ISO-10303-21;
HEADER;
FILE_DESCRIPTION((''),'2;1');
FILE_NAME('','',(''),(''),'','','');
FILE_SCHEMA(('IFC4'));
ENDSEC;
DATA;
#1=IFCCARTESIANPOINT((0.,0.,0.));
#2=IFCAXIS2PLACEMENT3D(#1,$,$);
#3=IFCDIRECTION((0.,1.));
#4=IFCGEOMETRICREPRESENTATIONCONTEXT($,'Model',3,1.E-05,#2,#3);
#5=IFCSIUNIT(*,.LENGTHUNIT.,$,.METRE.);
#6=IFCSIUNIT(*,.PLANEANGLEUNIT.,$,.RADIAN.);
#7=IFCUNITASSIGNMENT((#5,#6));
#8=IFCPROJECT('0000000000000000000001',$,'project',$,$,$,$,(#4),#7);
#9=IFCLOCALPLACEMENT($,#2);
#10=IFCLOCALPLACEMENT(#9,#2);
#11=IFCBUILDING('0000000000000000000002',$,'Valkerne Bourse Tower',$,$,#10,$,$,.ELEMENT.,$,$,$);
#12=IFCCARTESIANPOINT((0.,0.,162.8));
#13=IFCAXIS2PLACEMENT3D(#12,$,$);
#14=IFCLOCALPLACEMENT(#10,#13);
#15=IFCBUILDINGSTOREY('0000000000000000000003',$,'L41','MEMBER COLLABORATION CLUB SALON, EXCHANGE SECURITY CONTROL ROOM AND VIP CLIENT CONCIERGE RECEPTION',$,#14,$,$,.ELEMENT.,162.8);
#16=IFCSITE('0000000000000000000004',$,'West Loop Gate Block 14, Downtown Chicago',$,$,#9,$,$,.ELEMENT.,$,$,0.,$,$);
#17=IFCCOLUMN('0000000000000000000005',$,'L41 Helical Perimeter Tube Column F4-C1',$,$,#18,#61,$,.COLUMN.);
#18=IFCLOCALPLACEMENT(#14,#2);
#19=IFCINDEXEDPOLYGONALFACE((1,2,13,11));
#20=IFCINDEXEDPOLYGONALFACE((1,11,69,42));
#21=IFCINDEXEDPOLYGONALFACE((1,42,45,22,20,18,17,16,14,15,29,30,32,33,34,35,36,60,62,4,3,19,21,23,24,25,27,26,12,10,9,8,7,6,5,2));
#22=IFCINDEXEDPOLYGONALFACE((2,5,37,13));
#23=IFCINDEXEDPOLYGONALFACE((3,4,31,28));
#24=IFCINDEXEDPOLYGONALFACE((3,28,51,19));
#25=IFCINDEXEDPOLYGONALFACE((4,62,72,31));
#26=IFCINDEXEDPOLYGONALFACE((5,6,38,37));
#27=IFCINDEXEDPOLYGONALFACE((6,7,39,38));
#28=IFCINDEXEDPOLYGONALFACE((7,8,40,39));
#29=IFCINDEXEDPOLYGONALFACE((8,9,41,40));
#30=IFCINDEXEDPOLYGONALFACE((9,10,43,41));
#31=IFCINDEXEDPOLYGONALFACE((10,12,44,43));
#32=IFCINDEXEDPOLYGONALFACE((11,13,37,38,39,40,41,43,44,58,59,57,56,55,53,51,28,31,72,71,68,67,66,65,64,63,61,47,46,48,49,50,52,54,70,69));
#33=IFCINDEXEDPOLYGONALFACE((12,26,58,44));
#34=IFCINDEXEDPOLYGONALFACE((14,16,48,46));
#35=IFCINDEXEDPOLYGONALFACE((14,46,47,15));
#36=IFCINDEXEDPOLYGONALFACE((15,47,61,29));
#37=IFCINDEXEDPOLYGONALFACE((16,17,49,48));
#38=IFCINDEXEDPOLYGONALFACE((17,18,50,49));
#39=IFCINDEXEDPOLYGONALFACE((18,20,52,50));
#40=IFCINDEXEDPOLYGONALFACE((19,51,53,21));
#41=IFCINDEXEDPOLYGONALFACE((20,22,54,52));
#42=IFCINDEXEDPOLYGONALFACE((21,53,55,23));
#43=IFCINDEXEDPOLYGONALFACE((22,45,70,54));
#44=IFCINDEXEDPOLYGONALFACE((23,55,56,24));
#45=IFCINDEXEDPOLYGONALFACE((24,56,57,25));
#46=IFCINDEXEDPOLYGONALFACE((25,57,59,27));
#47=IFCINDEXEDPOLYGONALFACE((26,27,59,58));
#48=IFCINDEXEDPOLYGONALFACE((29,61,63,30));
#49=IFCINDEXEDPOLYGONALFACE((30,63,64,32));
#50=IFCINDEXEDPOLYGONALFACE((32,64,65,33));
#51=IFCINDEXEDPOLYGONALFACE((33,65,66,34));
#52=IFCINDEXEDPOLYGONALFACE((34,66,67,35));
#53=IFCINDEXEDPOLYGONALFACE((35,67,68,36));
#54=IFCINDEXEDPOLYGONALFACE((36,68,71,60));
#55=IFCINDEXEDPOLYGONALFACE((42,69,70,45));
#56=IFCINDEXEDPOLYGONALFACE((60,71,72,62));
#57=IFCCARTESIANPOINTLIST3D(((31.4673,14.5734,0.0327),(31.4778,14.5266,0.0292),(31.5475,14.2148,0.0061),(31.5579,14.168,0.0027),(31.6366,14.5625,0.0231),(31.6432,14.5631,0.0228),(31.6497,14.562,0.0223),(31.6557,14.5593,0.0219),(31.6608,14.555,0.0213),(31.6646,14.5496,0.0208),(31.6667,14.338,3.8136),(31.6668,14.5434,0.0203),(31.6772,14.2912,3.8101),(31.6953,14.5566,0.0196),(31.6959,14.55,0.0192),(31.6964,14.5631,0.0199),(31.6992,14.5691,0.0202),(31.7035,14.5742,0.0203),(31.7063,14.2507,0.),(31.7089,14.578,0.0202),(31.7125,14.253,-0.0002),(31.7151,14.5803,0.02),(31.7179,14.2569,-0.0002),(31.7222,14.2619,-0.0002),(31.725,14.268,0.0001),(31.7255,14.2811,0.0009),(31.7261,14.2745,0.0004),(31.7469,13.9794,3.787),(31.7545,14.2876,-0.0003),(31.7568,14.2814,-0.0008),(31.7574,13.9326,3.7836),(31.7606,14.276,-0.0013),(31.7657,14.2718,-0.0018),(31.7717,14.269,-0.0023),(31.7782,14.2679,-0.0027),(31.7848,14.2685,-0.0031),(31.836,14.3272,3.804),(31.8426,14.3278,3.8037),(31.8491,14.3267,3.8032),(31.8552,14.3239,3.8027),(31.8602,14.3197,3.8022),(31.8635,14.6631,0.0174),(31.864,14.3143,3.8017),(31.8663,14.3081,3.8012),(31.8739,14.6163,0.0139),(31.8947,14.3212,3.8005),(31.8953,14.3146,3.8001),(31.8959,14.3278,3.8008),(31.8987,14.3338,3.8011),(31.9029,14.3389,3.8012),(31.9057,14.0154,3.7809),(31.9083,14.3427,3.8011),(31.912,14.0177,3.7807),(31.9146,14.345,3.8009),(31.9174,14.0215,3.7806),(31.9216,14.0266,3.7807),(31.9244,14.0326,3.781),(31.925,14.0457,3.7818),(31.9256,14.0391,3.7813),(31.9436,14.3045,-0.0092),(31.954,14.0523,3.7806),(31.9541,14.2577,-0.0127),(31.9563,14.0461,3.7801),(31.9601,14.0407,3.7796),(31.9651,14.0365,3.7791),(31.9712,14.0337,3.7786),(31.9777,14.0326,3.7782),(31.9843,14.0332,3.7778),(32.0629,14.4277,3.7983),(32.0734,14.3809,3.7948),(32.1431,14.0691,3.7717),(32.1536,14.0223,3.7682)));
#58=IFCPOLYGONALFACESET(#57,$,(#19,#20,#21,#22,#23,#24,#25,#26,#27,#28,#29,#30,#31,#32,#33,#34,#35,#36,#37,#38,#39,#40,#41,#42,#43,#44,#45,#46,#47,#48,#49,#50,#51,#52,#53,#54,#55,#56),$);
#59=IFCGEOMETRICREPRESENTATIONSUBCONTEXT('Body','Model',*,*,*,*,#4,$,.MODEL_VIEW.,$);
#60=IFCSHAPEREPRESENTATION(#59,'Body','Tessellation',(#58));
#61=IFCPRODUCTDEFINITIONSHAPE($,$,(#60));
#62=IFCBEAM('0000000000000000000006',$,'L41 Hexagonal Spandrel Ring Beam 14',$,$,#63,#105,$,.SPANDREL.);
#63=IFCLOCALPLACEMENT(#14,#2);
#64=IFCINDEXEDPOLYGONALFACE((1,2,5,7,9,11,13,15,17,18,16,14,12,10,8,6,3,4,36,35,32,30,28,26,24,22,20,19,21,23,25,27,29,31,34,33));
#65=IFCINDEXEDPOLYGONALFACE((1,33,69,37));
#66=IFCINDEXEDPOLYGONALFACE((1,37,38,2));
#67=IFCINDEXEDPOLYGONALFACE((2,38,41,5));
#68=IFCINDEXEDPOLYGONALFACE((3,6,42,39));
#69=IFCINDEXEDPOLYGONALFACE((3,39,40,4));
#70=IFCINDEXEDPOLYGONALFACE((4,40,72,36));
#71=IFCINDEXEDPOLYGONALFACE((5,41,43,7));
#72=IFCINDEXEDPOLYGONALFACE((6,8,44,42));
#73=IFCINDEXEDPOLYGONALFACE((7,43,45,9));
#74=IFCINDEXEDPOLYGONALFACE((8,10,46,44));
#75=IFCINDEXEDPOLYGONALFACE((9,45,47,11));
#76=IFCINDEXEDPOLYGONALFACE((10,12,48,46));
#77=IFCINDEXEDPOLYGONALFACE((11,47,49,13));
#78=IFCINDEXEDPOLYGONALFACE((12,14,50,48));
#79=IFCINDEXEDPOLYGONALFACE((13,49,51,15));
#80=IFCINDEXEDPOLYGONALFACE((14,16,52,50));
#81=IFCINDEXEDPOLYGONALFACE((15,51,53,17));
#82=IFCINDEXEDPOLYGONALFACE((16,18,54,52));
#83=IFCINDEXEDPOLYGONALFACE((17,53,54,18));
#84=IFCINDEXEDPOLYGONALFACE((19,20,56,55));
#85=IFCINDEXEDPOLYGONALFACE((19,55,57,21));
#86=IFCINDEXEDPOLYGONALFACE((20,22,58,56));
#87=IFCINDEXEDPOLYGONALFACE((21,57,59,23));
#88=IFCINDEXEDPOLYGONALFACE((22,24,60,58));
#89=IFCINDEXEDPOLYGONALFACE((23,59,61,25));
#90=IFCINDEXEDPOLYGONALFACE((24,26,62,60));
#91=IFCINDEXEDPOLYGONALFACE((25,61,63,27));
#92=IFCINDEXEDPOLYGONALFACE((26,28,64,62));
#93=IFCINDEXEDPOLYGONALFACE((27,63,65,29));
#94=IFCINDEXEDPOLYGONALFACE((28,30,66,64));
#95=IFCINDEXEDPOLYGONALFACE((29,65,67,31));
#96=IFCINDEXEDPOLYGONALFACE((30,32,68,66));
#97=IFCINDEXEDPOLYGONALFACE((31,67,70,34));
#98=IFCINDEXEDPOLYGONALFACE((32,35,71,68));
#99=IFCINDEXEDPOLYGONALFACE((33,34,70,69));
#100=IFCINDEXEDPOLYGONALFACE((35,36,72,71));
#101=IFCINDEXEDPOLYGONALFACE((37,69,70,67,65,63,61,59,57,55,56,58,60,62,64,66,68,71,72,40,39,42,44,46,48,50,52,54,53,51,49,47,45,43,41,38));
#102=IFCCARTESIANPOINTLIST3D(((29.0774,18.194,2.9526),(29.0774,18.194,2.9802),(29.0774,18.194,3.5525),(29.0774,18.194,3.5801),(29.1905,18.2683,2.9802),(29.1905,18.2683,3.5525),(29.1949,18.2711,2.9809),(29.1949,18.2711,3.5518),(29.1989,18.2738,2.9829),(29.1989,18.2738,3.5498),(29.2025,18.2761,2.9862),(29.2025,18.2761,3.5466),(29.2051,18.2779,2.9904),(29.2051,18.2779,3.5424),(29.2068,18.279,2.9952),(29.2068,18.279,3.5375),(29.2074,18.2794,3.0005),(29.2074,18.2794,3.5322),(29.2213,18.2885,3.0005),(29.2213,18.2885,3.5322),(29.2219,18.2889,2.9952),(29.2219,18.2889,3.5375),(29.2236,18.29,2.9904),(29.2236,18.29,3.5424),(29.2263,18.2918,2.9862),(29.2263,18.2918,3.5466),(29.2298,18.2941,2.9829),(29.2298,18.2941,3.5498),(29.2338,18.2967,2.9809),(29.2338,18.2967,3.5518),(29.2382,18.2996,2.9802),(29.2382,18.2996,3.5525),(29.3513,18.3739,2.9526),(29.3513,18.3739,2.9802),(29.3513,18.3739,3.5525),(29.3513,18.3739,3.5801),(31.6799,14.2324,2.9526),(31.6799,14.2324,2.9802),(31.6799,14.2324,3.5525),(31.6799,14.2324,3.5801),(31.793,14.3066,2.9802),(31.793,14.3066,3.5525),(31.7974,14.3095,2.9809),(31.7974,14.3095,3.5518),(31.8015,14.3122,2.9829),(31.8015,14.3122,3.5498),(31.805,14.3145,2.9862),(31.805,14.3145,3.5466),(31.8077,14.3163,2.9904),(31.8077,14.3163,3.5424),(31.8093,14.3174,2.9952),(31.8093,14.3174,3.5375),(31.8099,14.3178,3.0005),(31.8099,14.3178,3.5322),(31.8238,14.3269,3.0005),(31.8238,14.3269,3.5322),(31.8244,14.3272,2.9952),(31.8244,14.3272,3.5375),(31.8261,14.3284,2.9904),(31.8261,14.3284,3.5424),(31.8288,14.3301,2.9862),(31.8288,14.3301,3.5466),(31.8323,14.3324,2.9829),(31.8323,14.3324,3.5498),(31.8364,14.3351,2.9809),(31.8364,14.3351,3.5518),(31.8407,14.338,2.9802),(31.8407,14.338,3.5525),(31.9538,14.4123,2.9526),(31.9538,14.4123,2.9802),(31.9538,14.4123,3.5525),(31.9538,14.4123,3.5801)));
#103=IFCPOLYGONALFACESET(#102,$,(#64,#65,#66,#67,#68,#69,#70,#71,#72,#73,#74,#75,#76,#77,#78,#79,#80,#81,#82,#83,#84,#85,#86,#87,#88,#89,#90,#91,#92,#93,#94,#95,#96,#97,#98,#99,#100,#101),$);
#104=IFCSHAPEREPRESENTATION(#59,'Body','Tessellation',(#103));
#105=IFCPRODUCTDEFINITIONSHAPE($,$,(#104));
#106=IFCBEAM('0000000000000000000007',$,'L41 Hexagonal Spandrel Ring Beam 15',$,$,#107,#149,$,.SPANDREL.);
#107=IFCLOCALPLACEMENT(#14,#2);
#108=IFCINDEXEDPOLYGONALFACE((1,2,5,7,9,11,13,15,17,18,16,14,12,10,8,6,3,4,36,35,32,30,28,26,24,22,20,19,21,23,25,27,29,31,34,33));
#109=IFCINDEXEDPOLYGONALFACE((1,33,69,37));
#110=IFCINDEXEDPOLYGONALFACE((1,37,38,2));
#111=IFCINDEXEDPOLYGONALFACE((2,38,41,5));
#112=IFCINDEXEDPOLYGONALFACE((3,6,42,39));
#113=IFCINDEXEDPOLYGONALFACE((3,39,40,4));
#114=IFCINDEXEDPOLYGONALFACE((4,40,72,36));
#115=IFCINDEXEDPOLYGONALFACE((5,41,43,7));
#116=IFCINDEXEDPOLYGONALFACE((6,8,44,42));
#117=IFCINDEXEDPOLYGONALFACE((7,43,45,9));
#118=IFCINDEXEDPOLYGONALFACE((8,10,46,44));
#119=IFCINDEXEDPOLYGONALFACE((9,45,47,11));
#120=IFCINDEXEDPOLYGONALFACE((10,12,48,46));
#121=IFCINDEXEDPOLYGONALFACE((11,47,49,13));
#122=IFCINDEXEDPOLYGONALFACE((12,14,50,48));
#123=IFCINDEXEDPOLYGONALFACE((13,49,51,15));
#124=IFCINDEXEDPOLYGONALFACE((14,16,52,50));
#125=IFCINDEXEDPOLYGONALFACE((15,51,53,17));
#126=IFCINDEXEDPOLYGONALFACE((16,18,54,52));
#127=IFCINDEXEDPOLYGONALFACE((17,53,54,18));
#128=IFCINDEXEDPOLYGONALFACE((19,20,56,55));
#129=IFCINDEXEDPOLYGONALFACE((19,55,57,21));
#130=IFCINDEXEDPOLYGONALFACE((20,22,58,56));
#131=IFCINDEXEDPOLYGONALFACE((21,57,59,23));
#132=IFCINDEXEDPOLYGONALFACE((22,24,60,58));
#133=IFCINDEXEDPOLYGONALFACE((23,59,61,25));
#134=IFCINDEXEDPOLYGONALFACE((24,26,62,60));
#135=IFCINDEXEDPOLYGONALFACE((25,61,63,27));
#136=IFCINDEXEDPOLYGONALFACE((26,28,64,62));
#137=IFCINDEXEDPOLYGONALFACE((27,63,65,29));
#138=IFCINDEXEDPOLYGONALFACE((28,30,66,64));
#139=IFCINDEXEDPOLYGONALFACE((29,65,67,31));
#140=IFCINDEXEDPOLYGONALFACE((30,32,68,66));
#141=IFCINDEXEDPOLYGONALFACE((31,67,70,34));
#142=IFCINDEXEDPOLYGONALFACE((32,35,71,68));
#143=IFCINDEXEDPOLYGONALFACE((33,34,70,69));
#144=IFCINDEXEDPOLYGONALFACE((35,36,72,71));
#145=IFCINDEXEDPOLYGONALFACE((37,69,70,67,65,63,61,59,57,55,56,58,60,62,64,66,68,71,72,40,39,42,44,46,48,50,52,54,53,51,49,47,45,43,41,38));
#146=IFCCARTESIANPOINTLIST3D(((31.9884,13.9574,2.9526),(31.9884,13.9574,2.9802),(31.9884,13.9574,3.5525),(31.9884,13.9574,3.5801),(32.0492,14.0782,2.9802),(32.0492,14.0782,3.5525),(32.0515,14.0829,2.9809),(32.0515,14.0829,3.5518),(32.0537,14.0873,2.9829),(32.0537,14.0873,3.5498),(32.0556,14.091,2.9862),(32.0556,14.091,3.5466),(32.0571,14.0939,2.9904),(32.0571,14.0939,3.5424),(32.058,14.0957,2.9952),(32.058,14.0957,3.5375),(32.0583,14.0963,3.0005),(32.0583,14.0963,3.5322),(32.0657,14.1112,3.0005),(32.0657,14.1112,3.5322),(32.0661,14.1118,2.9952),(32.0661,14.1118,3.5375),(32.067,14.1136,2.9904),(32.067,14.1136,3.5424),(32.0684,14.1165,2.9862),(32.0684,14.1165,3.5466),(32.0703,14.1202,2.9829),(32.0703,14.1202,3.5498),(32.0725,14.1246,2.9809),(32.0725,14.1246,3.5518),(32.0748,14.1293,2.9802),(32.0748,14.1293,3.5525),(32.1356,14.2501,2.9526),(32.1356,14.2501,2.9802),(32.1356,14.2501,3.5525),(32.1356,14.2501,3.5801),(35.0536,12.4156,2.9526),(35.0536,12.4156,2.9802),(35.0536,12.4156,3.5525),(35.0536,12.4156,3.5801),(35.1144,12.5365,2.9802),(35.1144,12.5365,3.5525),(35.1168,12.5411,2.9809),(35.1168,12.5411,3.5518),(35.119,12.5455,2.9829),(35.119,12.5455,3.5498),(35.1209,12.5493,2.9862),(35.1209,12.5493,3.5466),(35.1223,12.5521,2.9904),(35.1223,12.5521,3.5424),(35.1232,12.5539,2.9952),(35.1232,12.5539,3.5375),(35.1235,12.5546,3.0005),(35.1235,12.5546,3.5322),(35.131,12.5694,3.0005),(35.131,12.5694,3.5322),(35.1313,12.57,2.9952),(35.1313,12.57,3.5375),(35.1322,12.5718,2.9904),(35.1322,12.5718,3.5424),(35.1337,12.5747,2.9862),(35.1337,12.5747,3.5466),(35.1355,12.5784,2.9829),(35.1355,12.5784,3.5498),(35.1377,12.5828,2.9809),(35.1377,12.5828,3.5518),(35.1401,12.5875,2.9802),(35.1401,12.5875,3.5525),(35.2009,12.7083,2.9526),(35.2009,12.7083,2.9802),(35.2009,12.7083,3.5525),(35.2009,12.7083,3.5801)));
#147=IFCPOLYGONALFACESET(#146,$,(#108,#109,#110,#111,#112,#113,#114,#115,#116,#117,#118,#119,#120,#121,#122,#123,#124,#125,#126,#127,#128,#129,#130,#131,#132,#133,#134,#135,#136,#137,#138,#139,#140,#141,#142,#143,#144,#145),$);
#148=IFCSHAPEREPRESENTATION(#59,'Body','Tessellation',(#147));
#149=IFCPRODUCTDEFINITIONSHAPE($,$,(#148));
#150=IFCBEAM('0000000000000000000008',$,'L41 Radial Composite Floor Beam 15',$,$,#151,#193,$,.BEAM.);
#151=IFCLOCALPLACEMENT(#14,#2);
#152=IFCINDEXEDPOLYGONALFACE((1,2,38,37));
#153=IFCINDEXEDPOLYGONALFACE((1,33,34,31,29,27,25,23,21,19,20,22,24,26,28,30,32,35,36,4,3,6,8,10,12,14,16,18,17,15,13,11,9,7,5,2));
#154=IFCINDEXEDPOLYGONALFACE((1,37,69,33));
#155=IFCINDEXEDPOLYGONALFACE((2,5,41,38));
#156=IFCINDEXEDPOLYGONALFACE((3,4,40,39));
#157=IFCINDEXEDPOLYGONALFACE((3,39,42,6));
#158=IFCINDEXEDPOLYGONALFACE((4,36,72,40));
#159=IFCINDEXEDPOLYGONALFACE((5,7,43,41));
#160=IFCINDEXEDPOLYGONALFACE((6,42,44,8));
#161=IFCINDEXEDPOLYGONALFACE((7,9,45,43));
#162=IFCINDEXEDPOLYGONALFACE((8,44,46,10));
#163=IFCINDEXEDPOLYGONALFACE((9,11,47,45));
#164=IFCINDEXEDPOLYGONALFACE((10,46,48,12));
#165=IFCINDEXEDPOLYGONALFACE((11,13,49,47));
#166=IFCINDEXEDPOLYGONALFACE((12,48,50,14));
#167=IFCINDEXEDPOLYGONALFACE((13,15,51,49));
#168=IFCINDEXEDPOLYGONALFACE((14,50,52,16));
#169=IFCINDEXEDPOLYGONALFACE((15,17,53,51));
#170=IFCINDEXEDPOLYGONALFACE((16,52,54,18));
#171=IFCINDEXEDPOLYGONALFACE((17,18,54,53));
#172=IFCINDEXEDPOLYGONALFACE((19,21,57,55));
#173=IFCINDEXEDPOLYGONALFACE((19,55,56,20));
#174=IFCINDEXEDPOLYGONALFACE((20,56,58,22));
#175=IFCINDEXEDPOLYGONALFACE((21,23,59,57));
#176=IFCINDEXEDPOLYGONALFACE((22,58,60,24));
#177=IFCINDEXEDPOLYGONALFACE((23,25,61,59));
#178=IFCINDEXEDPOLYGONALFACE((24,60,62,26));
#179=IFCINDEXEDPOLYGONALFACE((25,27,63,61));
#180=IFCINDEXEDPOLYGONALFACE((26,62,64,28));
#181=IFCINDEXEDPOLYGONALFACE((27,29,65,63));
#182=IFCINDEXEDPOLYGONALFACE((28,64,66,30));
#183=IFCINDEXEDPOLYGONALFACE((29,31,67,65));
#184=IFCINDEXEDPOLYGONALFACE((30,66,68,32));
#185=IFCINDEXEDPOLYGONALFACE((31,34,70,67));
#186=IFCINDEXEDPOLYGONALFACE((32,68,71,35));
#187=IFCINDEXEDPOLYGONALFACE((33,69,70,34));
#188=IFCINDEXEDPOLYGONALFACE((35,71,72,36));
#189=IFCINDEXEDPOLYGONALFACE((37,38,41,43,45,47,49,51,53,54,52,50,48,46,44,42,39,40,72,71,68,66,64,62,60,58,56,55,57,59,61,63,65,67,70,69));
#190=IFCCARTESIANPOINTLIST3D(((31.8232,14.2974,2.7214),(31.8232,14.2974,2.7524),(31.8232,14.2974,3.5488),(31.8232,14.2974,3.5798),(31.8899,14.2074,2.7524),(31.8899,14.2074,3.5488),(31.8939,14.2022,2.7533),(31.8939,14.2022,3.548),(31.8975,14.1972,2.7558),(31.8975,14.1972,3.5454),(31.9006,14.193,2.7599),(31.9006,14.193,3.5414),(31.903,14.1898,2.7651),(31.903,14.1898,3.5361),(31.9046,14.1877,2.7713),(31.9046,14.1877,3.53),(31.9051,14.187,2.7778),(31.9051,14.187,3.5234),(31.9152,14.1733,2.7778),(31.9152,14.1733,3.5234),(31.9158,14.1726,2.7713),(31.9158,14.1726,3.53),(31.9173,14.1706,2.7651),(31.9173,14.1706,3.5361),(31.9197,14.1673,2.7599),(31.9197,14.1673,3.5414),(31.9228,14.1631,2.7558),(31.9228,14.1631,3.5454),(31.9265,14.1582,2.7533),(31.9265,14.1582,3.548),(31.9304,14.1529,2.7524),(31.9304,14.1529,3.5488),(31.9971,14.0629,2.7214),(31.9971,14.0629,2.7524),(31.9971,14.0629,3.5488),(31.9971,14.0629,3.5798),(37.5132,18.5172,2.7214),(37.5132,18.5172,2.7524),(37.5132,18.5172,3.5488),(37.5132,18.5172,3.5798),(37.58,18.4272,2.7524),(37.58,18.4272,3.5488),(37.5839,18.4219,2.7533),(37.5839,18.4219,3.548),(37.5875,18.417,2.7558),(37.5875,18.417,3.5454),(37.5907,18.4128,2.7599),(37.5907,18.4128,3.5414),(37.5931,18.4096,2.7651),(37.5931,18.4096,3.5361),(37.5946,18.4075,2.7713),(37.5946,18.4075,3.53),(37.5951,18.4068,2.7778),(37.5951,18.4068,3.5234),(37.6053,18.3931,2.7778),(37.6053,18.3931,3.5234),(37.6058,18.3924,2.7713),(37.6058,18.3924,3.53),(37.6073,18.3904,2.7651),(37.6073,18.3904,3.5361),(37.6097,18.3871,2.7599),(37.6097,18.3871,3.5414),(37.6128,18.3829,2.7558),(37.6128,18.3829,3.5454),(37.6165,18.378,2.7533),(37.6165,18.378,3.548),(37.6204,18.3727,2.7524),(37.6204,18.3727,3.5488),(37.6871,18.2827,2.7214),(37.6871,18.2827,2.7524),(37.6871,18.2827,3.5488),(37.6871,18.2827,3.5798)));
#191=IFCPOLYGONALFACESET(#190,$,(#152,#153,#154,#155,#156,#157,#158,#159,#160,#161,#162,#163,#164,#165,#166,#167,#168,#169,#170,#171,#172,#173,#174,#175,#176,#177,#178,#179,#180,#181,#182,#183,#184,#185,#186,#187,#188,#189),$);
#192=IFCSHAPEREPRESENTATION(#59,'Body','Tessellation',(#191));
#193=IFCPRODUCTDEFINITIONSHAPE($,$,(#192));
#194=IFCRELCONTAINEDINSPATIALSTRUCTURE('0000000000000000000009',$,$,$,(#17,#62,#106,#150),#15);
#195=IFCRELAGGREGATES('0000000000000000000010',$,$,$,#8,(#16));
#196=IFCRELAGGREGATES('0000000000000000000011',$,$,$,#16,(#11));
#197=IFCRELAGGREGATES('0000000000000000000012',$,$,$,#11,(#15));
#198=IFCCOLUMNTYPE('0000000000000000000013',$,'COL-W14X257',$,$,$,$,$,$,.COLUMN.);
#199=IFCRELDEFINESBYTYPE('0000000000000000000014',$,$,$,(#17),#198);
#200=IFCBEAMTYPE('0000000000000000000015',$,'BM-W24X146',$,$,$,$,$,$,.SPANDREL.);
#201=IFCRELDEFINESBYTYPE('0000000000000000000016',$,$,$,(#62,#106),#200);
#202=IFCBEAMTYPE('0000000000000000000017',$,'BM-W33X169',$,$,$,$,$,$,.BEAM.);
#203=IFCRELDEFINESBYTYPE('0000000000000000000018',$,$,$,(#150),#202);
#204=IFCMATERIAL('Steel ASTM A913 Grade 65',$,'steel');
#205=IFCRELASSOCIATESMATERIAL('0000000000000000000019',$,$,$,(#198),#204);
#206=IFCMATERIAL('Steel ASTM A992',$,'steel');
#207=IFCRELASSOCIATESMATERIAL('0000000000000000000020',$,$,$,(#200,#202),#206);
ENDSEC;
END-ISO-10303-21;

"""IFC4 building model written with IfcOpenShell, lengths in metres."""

from ifc_helpers import new_model, si_unit, direction, frame, origin, origin_2d, place, context, subcontext, project, spatial, i_section, extrude, material, material_profile, profile_set, type_object, element, save


model = new_model("IFC4")

# Units and contexts
model_context = context("Model", 3, precision=1e-05, world=origin(), true_north=direction((0.0, 1.0)))
body_context = subcontext(model_context, "Body", "Model", "MODEL_VIEW")
ifc_project = project(units=[si_unit("LENGTHUNIT", "METRE"), si_unit("PLANEANGLEUNIT", "RADIAN")], contexts=[model_context])

# Site, building, storey
site_placement = place(None, origin())
site = spatial("IfcSite", under=ifc_project, at=site_placement, Name="West Loop Gate Block 14, Downtown Chicago", CompositionType="ELEMENT", RefElevation=0.0)
building_placement = place(site_placement, origin())
building = spatial("IfcBuilding", under=site, at=building_placement, Name="Valkerne Bourse Tower", CompositionType="ELEMENT")
storey_placement = place(building_placement, frame((0.0, 0.0, 162.8)))
storey = spatial("IfcBuildingStorey", under=building, at=storey_placement, Name="L41", Description="MEMBER COLLABORATION CLUB SALON, EXCHANGE SECURITY CONTROL ROOM AND VIP CLIENT CONCIERGE RECEPTION", CompositionType="ELEMENT", Elevation=162.8)

# Column
ifc_material_1 = material(Name="Steel ASTM A913 Grade 65", Category="steel")
ifc_material_profile_1 = material_profile(ifc_material_1, i_section(OverallWidth=0.4065, OverallDepth=0.4165, WebThickness=0.0298, FlangeThickness=0.0481, FilletRadius=0.0254, at=origin_2d()), Name="W14X257")
ifc_profile_set_1 = profile_set([ifc_material_profile_1], Name="Steel ASTM A913 Grade 65")
column_type = type_object("IfcColumnType", Name="COL-W14X257", PredefinedType="COLUMN", material=ifc_profile_set_1)
column_placement = place(storey_placement, frame((31.7107, 14.4155, 0.01), z_axis=(0.052579, -0.06204, 0.996688), x_axis=(0.974613, 0.220704, -0.037677)))
element("IfcColumn", 1, at=column_placement, inside=storey, type_object=column_type, Name="L41 Helical Perimeter Tube Column F4-C1", PredefinedType="COLUMN", context=body_context, shape_type="SweptSolid", body=[
    extrude(i_section(OverallWidth=0.4065, OverallDepth=0.4165, WebThickness=0.0298, FlangeThickness=0.0481, FilletRadius=0.0254, at=origin_2d()), origin(), (0.0, 0.0, 1.0), 3.7935),
])

# Beams
ifc_material_2 = material(Name="Steel ASTM A992", Category="steel")
ifc_material_profile_2 = material_profile(ifc_material_2, i_section(OverallWidth=0.3276, OverallDepth=0.6274, WebThickness=0.0166, FlangeThickness=0.0276, FilletRadius=0.0203, at=origin_2d()), Name="W24X146")
ifc_profile_set_2 = profile_set([ifc_material_profile_2], Name="Steel ASTM A992")
beam_type_1 = type_object("IfcBeamType", Name="BM-W24X146", PredefinedType="SPANDREL", material=ifc_profile_set_2)
beam_1_placement = place(storey_placement, frame((29.2144, 18.2839, 3.2664), z_axis=(0.549054, -0.835787, 0.0), x_axis=(0.835787, 0.549054, 0.0)))
element("IfcBeam", 2, at=beam_1_placement, inside=storey, type_object=beam_type_1, Name="L41 Hexagonal Spandrel Ring Beam 14", PredefinedType="SPANDREL", context=body_context, shape_type="SweptSolid", body=[
    extrude(i_section(OverallWidth=0.3276, OverallDepth=0.6274, WebThickness=0.0166, FlangeThickness=0.0276, FilletRadius=0.0203, at=origin_2d()), origin(), (0.0, 0.0, 1.0), 4.74),
])
beam_2_placement = place(storey_placement, frame((32.062, 14.1038, 3.2664), z_axis=(0.893357, -0.449347, 0.0), x_axis=(0.449347, 0.893357, 0.0)))
element("IfcBeam", 3, at=beam_2_placement, inside=storey, type_object=beam_type_1, Name="L41 Hexagonal Spandrel Ring Beam 15", PredefinedType="SPANDREL", context=body_context, shape_type="SweptSolid", body=[
    extrude(i_section(OverallWidth=0.3276, OverallDepth=0.6274, WebThickness=0.0166, FlangeThickness=0.0276, FilletRadius=0.0203, at=origin_2d()), origin(), (0.0, 0.0, 1.0), 3.4312),
])
ifc_material_profile_3 = material_profile(ifc_material_2, i_section(OverallWidth=0.292, OverallDepth=0.8584, WebThickness=0.0171, FlangeThickness=0.031, FilletRadius=0.0254, at=origin_2d()), Name="W33X169")
ifc_profile_set_3 = profile_set([ifc_material_profile_3], Name="Steel ASTM A992")
beam_type_2 = type_object("IfcBeamType", Name="BM-W33X169", PredefinedType="BEAM", material=ifc_profile_set_3)
beam_3_placement = place(storey_placement, frame((31.9102, 14.1802, 3.1506), z_axis=(0.803222, 0.595679, 0.0), x_axis=(-0.595679, 0.803222, 0.0)))
element("IfcBeam", 4, at=beam_3_placement, inside=storey, type_object=beam_type_2, Name="L41 Radial Composite Floor Beam 15", PredefinedType="BEAM", context=body_context, shape_type="SweptSolid", body=[
    extrude(i_section(OverallWidth=0.292, OverallDepth=0.8584, WebThickness=0.0171, FlangeThickness=0.031, FilletRadius=0.0254, at=origin_2d()), origin(), (0.0, 0.0, 1.0), 7.084),
])

save(model, "model.ifc")
